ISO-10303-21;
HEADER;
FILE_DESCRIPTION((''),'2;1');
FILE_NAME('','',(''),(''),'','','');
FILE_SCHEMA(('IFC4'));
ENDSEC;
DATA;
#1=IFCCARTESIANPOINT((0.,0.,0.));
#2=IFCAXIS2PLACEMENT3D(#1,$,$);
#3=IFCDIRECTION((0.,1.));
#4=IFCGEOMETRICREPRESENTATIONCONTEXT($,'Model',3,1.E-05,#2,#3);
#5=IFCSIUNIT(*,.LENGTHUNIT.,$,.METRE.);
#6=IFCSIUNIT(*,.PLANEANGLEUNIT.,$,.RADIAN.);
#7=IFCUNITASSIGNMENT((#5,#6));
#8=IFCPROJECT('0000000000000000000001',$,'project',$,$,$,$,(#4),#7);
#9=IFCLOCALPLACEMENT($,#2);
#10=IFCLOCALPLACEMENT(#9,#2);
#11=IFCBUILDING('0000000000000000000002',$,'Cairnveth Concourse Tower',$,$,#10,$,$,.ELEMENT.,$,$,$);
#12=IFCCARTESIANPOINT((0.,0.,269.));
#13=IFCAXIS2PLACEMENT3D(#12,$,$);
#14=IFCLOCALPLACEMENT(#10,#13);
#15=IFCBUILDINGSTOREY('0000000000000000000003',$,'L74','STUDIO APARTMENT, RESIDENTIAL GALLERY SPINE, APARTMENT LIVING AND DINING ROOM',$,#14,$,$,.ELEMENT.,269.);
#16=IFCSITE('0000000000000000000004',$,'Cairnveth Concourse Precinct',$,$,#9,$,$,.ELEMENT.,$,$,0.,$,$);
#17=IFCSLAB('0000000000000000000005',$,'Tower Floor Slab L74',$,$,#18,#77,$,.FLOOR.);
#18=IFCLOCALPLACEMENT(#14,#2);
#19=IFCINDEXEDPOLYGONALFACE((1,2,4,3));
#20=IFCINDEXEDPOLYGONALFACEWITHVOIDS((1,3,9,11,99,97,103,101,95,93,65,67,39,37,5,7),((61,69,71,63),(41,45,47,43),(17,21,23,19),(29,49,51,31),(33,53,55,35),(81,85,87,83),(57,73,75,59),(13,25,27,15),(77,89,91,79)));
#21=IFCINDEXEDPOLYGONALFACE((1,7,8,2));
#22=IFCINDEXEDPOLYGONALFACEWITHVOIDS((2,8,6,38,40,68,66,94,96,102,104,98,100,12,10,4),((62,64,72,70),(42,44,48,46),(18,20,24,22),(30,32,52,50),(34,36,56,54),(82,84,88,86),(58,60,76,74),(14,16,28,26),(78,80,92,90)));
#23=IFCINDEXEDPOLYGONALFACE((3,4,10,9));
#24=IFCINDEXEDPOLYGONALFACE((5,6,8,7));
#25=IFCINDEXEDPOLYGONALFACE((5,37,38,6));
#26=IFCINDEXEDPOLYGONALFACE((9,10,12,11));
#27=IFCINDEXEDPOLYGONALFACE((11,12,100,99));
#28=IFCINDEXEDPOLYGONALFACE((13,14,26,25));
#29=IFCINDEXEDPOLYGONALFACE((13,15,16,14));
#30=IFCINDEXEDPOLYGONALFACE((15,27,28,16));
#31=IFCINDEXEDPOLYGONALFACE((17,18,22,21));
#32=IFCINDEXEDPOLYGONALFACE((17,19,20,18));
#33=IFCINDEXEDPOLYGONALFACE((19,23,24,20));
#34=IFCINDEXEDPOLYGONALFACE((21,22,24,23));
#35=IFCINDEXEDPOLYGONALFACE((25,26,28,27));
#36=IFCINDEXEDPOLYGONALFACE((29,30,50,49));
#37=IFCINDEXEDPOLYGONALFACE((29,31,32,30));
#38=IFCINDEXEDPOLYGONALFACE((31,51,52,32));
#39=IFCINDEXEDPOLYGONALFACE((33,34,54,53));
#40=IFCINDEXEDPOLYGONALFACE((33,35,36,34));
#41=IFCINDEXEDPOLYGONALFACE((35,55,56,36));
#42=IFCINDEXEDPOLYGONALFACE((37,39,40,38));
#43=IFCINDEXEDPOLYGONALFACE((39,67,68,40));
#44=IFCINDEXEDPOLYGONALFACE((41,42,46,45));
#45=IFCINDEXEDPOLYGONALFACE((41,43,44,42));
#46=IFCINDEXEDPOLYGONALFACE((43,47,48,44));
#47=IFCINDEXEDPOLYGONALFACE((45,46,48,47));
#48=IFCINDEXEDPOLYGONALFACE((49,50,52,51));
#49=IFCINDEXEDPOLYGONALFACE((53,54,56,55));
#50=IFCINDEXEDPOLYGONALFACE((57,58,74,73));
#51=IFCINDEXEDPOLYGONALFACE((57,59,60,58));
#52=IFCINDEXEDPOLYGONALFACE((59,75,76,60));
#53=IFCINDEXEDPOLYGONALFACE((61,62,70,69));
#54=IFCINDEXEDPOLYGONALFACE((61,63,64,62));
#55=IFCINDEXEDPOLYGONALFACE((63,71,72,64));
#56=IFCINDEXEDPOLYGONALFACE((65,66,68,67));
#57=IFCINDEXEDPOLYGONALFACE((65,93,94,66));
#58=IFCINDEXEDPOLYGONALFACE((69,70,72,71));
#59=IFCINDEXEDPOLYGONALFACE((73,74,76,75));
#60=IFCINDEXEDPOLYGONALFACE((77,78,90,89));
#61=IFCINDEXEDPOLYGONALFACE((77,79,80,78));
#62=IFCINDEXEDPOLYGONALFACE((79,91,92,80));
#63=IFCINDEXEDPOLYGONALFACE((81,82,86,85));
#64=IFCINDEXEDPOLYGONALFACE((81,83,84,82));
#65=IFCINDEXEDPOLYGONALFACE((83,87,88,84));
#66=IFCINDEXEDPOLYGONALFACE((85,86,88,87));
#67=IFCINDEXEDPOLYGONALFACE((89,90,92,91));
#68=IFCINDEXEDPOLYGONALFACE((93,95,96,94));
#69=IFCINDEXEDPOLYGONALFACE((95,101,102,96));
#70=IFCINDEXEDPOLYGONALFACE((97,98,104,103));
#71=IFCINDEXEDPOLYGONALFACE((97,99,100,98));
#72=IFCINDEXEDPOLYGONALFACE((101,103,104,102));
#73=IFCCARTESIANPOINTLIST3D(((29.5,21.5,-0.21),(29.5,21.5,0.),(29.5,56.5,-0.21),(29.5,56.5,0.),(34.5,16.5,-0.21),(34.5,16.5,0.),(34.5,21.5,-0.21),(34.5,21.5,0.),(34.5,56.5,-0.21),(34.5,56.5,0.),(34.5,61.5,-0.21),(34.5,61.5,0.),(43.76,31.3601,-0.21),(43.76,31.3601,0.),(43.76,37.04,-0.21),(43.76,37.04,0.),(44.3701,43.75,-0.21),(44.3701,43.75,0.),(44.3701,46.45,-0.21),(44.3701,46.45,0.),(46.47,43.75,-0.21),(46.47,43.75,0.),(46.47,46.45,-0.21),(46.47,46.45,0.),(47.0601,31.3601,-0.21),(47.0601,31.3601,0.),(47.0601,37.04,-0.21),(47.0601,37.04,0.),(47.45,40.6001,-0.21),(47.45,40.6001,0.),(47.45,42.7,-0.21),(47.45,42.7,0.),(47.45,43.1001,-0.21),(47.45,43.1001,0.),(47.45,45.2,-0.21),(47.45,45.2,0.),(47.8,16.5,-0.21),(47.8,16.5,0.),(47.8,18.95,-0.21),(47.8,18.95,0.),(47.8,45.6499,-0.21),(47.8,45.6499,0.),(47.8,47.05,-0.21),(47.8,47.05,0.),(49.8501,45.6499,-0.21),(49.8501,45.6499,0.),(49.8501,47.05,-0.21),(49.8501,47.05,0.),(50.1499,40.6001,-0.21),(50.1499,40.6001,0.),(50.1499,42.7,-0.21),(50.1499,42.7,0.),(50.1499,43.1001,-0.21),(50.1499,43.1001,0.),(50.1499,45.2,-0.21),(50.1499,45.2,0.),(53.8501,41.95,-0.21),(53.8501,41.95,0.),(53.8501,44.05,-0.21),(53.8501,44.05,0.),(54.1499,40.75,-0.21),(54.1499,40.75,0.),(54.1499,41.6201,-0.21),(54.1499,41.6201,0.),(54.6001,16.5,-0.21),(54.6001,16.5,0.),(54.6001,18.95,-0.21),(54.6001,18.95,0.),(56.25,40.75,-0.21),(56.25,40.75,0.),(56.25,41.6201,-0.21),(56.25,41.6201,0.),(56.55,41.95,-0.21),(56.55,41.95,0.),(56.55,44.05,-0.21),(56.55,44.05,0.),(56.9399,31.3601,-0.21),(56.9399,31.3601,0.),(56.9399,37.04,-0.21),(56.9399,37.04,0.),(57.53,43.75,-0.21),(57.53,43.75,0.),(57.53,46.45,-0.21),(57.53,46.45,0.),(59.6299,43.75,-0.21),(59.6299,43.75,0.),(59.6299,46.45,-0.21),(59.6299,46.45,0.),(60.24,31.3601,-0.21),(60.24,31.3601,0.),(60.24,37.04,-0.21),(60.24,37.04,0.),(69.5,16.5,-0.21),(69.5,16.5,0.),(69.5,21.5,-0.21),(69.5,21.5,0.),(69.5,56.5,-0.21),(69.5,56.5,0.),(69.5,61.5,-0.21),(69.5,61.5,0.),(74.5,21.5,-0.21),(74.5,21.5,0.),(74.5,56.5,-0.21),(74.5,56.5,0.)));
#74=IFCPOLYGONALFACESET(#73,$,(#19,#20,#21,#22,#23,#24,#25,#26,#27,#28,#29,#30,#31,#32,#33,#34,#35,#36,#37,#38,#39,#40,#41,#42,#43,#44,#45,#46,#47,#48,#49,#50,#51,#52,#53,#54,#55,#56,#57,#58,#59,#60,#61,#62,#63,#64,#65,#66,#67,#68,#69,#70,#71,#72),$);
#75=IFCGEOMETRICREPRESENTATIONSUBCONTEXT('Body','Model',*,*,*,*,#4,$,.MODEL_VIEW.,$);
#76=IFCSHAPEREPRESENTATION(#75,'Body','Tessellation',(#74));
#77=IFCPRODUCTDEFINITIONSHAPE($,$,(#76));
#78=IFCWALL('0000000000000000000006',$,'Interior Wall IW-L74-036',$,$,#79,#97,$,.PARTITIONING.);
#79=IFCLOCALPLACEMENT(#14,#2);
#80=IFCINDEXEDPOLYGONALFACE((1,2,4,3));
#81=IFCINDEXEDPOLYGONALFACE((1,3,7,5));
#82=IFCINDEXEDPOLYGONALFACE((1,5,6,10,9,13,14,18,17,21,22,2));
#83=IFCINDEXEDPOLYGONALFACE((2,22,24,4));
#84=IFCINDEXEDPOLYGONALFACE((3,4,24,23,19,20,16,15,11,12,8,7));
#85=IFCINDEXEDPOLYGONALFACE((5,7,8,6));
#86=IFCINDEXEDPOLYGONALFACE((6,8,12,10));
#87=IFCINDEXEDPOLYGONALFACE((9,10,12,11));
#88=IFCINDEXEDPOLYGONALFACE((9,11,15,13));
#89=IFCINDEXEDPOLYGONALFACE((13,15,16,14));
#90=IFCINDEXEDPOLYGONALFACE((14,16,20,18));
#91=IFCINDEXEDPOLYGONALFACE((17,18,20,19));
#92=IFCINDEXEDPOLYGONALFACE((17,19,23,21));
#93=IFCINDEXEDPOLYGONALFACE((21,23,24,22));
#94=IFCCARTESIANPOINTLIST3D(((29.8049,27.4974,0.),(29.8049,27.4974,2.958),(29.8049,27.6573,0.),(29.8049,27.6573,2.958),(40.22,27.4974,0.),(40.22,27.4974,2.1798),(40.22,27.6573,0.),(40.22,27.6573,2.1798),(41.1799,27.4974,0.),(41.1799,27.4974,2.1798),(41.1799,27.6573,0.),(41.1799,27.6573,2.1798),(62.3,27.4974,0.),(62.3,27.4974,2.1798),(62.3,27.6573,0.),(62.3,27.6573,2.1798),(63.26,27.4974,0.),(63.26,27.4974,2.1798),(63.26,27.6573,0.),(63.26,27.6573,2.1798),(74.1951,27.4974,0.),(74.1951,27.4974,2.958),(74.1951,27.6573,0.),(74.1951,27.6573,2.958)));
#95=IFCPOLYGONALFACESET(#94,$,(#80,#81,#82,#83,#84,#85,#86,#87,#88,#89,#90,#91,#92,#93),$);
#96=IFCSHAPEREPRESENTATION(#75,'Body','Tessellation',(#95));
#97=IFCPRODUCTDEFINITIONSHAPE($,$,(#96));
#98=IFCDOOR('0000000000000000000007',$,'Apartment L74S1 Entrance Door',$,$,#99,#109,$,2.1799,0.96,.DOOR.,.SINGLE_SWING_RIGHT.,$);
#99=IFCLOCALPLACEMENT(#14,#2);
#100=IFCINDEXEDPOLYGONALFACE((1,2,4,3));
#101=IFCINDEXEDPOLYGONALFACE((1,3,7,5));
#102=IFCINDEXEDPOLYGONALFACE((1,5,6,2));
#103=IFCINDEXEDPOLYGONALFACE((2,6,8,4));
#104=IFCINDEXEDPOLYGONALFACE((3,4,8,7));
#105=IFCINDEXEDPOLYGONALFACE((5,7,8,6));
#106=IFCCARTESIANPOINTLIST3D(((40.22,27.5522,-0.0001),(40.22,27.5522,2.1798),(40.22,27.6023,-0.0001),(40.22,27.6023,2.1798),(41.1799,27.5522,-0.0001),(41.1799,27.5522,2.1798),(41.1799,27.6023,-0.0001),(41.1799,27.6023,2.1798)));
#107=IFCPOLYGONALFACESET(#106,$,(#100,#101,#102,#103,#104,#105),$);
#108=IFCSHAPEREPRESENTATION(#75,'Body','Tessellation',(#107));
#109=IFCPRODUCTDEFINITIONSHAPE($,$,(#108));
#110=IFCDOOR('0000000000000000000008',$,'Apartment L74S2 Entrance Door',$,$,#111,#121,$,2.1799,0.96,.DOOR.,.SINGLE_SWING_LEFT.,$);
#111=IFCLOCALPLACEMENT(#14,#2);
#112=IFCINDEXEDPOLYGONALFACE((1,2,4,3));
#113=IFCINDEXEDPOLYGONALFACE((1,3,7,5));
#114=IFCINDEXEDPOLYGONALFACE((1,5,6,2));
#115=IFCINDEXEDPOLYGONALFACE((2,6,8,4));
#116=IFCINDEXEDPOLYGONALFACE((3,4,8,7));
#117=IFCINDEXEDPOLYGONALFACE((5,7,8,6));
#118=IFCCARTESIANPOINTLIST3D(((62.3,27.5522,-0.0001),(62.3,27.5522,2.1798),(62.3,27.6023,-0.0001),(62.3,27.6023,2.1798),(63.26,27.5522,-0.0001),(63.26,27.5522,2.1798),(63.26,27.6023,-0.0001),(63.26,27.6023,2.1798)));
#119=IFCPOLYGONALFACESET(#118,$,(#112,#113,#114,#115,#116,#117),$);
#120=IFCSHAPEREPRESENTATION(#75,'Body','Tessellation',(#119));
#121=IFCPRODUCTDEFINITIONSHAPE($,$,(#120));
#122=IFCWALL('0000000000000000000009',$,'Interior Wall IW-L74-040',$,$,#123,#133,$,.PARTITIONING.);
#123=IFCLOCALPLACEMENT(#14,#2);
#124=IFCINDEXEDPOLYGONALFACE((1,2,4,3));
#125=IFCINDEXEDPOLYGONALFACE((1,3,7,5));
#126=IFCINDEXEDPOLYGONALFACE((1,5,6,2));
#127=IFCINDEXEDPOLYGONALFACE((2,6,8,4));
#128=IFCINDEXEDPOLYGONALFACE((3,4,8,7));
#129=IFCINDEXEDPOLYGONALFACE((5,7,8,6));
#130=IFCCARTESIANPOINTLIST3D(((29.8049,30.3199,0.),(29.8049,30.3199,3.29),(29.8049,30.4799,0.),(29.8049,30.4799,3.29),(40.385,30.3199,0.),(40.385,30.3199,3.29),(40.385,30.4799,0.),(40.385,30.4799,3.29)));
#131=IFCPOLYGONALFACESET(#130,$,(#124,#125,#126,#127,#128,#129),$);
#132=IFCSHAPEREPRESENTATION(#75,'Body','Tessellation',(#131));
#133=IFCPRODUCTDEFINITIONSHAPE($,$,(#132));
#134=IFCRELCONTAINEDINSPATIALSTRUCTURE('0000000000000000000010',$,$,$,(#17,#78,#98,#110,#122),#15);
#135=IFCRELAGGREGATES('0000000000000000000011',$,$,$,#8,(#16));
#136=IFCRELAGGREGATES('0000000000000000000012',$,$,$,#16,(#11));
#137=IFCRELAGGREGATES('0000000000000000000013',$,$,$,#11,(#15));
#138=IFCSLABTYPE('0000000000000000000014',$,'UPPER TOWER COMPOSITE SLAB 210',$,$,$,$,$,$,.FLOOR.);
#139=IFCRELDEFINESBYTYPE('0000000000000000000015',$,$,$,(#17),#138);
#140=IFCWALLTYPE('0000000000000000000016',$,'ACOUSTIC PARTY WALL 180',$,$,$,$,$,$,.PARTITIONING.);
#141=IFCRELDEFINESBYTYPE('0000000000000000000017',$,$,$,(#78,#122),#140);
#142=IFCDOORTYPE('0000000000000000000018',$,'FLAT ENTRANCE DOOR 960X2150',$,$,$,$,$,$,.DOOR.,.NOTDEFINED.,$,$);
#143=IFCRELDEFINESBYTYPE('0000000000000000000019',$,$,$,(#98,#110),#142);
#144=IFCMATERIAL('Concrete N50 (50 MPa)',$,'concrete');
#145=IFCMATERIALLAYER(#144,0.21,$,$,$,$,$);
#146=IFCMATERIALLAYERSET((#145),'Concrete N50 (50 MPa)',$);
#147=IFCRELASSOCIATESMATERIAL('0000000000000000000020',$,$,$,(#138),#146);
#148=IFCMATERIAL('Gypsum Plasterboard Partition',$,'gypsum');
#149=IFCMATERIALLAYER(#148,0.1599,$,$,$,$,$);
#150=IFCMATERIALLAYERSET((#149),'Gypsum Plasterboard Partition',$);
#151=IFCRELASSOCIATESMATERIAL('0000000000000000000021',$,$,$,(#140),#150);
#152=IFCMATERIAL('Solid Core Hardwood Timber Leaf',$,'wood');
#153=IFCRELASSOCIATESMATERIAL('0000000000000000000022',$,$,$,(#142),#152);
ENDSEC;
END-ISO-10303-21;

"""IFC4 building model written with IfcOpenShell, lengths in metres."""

from ifc_helpers import new_model, si_unit, direction, frame, frame_2d, origin, place, context, subcontext, project, spatial, polyline, rectangle, outline, extrude, material, layer, layer_set, type_object, element, fill, save


model = new_model("IFC4")

# Units and contexts
model_context = context("Model", 3, precision=1e-05, world=origin(), true_north=direction((0.0, 1.0)))
body_context = subcontext(model_context, "Body", "Model", "MODEL_VIEW")
ifc_project = project(units=[si_unit("LENGTHUNIT", "METRE"), si_unit("PLANEANGLEUNIT", "RADIAN")], contexts=[model_context])

# Site, building, storey
site_placement = place(None, origin())
site = spatial("IfcSite", under=ifc_project, at=site_placement, Name="Cairnveth Concourse Precinct", CompositionType="ELEMENT", RefElevation=0.0)
building_placement = place(site_placement, origin())
building = spatial("IfcBuilding", under=site, at=building_placement, Name="Cairnveth Concourse Tower", CompositionType="ELEMENT")
storey_placement = place(building_placement, frame((0.0, 0.0, 269.0)))
storey = spatial("IfcBuildingStorey", under=building, at=storey_placement, Name="L74", Description="STUDIO APARTMENT, RESIDENTIAL GALLERY SPINE, APARTMENT LIVING AND DINING ROOM", CompositionType="ELEMENT", Elevation=269.0)

# Shared definitions
ifc_material_1 = material(Name="Concrete N50 (50 MPa)", Category="concrete")

# Slab
ifc_layer_1 = layer(ifc_material_1, 0.21)
ifc_layer_set_1 = layer_set([ifc_layer_1], Name="Concrete N50 (50 MPa)")
slab_type_1 = type_object("IfcSlabType", Name="UPPER TOWER COMPOSITE SLAB 210", PredefinedType="FLOOR", material=ifc_layer_set_1)
slab_1_placement = place(storey_placement, frame((0.0, 0.0, -0.21)))
element("IfcSlab", 1, at=slab_1_placement, inside=storey, type_object=slab_type_1, Name="Tower Floor Slab L74", PredefinedType="FLOOR", context=body_context, shape_type="SweptSolid", body=[
    extrude(outline(polyline([(47.8, 16.5), (47.8, 18.95), (54.6001, 18.95), (54.6001, 16.5), (69.5, 16.5), (69.5, 21.5), (74.5, 21.5), (74.5, 56.5), (69.5, 56.5), (69.5, 61.5), (34.5, 61.5), (34.5, 56.5), (29.5, 56.5), (29.5, 21.5), (34.5, 21.5), (34.5, 16.5), (47.8, 16.5)]), holes=[polyline([(43.76, 31.3601), (47.0601, 31.3601), (47.0601, 37.04), (43.76, 37.04), (43.76, 31.3601)]), polyline([(56.9399, 31.3601), (60.24, 31.3601), (60.24, 37.04), (56.9399, 37.04), (56.9399, 31.3601)]), polyline([(44.3701, 43.75), (46.47, 43.75), (46.47, 46.45), (44.3701, 46.45), (44.3701, 43.75)]), polyline([(57.53, 43.75), (59.6299, 43.75), (59.6299, 46.45), (57.53, 46.45), (57.53, 43.75)]), polyline([(47.45, 40.6001), (50.1499, 40.6001), (50.1499, 42.7), (47.45, 42.7), (47.45, 40.6001)]), polyline([(47.45, 43.1001), (50.1499, 43.1001), (50.1499, 45.2), (47.45, 45.2), (47.45, 43.1001)]), polyline([(53.8501, 41.95), (56.55, 41.95), (56.55, 44.05), (53.8501, 44.05), (53.8501, 41.95)]), polyline([(47.8, 45.6499), (49.8501, 45.6499), (49.8501, 47.05), (47.8, 47.05), (47.8, 45.6499)]), polyline([(54.1499, 40.75), (56.25, 40.75), (56.25, 41.6201), (54.1499, 41.6201), (54.1499, 40.75)])]), origin(), (0.0, 0.0, 1.0), 0.21),
])

# Wall, openings, doors
ifc_material_2 = material(Name="Gypsum Plasterboard Partition", Category="gypsum")
ifc_layer_2 = layer(ifc_material_2, 0.1599)
ifc_layer_set_2 = layer_set([ifc_layer_2], Name="Gypsum Plasterboard Partition")
wall_type_1 = type_object("IfcWallType", Name="ACOUSTIC PARTY WALL 180", PredefinedType="PARTITIONING", material=ifc_layer_set_2)
wall_1_placement = place(storey_placement, frame((29.8049, 27.5774, 0.0), z_axis=(0.0, 0.0, 1.0), x_axis=(1.0, 0.0, 0.0)))
wall_1 = element("IfcWall", 2, at=wall_1_placement, inside=storey, type_object=wall_type_1, Name="Interior Wall IW-L74-036", PredefinedType="PARTITIONING", context=body_context, shape_type="SweptSolid", body=[
    extrude(rectangle(XDim=44.3901, YDim=0.1599, at=frame_2d((22.1951, 0.0))), origin(), (0.0, 0.0, 1.0), 2.958),
])
opening_1_placement = place(wall_1_placement, frame((10.415, 0.0, 0.0)))
opening_1 = element("IfcOpeningElement", 3, at=opening_1_placement, cuts=wall_1, PredefinedType="OPENING", context=body_context, shape_type="SweptSolid", body=[
    extrude(rectangle(XDim=0.96, YDim=2.1799, at=frame_2d((0.48, 1.0898))), frame((0.0, 0.0898, 0.0), z_axis=(0.0, -1.0, 0.0), x_axis=(1.0, 0.0, 0.0)), (0.0, 0.0, 1.0), 0.1799),
])
opening_2_placement = place(wall_1_placement, frame((32.4951, 0.0, 0.0)))
opening_2 = element("IfcOpeningElement", 4, at=opening_2_placement, cuts=wall_1, PredefinedType="OPENING", context=body_context, shape_type="SweptSolid", body=[
    extrude(rectangle(XDim=0.96, YDim=2.1799, at=frame_2d((0.48, 1.0898))), frame((0.0, 0.0898, 0.0), z_axis=(0.0, -1.0, 0.0), x_axis=(1.0, 0.0, 0.0)), (0.0, 0.0, 1.0), 0.1799),
])
ifc_material_3 = material(Name="Solid Core Hardwood Timber Leaf", Category="wood")
door_type = type_object("IfcDoorType", Name="FLAT ENTRANCE DOOR 960X2150", OperationType="NOTDEFINED", PredefinedType="DOOR", material=ifc_material_3)
door_1_placement = place(opening_1_placement, origin())
door_1 = element("IfcDoor", 5, at=door_1_placement, inside=storey, type_object=door_type, Name="Apartment L74S1 Entrance Door", OperationType="SINGLE_SWING_RIGHT", OverallHeight=2.1799, OverallWidth=0.96, PredefinedType="DOOR", context=body_context, shape_type="SweptSolid", body=[
    extrude(rectangle(XDim=0.96, YDim=2.1799, at=frame_2d((0.48, 1.0898))), frame((0.0, 0.0249, 0.0), z_axis=(0.0, -1.0, 0.0), x_axis=(1.0, 0.0, 0.0)), (0.0, 0.0, 1.0), 0.05),
])
fill(opening_1, door_1)
door_2_placement = place(opening_2_placement, origin())
door_2 = element("IfcDoor", 6, at=door_2_placement, inside=storey, type_object=door_type, Name="Apartment L74S2 Entrance Door", OperationType="SINGLE_SWING_LEFT", OverallHeight=2.1799, OverallWidth=0.96, PredefinedType="DOOR", context=body_context, shape_type="SweptSolid", body=[
    extrude(rectangle(XDim=0.96, YDim=2.1799, at=frame_2d((0.48, 1.0898))), frame((0.0, 0.0249, 0.0), z_axis=(0.0, -1.0, 0.0), x_axis=(1.0, 0.0, 0.0)), (0.0, 0.0, 1.0), 0.05),
])
fill(opening_2, door_2)

# Wall
wall_2_placement = place(storey_placement, frame((29.8049, 30.3999, 0.0), z_axis=(0.0, 0.0, 1.0), x_axis=(1.0, 0.0, 0.0)))
element("IfcWall", 7, at=wall_2_placement, inside=storey, type_object=wall_type_1, Name="Interior Wall IW-L74-040", PredefinedType="PARTITIONING", context=body_context, shape_type="SweptSolid", body=[
    extrude(rectangle(XDim=10.5801, YDim=0.1599, at=frame_2d((5.29, 0.0))), origin(), (0.0, 0.0, 1.0), 3.29),
])

save(model, "model.ifc")
